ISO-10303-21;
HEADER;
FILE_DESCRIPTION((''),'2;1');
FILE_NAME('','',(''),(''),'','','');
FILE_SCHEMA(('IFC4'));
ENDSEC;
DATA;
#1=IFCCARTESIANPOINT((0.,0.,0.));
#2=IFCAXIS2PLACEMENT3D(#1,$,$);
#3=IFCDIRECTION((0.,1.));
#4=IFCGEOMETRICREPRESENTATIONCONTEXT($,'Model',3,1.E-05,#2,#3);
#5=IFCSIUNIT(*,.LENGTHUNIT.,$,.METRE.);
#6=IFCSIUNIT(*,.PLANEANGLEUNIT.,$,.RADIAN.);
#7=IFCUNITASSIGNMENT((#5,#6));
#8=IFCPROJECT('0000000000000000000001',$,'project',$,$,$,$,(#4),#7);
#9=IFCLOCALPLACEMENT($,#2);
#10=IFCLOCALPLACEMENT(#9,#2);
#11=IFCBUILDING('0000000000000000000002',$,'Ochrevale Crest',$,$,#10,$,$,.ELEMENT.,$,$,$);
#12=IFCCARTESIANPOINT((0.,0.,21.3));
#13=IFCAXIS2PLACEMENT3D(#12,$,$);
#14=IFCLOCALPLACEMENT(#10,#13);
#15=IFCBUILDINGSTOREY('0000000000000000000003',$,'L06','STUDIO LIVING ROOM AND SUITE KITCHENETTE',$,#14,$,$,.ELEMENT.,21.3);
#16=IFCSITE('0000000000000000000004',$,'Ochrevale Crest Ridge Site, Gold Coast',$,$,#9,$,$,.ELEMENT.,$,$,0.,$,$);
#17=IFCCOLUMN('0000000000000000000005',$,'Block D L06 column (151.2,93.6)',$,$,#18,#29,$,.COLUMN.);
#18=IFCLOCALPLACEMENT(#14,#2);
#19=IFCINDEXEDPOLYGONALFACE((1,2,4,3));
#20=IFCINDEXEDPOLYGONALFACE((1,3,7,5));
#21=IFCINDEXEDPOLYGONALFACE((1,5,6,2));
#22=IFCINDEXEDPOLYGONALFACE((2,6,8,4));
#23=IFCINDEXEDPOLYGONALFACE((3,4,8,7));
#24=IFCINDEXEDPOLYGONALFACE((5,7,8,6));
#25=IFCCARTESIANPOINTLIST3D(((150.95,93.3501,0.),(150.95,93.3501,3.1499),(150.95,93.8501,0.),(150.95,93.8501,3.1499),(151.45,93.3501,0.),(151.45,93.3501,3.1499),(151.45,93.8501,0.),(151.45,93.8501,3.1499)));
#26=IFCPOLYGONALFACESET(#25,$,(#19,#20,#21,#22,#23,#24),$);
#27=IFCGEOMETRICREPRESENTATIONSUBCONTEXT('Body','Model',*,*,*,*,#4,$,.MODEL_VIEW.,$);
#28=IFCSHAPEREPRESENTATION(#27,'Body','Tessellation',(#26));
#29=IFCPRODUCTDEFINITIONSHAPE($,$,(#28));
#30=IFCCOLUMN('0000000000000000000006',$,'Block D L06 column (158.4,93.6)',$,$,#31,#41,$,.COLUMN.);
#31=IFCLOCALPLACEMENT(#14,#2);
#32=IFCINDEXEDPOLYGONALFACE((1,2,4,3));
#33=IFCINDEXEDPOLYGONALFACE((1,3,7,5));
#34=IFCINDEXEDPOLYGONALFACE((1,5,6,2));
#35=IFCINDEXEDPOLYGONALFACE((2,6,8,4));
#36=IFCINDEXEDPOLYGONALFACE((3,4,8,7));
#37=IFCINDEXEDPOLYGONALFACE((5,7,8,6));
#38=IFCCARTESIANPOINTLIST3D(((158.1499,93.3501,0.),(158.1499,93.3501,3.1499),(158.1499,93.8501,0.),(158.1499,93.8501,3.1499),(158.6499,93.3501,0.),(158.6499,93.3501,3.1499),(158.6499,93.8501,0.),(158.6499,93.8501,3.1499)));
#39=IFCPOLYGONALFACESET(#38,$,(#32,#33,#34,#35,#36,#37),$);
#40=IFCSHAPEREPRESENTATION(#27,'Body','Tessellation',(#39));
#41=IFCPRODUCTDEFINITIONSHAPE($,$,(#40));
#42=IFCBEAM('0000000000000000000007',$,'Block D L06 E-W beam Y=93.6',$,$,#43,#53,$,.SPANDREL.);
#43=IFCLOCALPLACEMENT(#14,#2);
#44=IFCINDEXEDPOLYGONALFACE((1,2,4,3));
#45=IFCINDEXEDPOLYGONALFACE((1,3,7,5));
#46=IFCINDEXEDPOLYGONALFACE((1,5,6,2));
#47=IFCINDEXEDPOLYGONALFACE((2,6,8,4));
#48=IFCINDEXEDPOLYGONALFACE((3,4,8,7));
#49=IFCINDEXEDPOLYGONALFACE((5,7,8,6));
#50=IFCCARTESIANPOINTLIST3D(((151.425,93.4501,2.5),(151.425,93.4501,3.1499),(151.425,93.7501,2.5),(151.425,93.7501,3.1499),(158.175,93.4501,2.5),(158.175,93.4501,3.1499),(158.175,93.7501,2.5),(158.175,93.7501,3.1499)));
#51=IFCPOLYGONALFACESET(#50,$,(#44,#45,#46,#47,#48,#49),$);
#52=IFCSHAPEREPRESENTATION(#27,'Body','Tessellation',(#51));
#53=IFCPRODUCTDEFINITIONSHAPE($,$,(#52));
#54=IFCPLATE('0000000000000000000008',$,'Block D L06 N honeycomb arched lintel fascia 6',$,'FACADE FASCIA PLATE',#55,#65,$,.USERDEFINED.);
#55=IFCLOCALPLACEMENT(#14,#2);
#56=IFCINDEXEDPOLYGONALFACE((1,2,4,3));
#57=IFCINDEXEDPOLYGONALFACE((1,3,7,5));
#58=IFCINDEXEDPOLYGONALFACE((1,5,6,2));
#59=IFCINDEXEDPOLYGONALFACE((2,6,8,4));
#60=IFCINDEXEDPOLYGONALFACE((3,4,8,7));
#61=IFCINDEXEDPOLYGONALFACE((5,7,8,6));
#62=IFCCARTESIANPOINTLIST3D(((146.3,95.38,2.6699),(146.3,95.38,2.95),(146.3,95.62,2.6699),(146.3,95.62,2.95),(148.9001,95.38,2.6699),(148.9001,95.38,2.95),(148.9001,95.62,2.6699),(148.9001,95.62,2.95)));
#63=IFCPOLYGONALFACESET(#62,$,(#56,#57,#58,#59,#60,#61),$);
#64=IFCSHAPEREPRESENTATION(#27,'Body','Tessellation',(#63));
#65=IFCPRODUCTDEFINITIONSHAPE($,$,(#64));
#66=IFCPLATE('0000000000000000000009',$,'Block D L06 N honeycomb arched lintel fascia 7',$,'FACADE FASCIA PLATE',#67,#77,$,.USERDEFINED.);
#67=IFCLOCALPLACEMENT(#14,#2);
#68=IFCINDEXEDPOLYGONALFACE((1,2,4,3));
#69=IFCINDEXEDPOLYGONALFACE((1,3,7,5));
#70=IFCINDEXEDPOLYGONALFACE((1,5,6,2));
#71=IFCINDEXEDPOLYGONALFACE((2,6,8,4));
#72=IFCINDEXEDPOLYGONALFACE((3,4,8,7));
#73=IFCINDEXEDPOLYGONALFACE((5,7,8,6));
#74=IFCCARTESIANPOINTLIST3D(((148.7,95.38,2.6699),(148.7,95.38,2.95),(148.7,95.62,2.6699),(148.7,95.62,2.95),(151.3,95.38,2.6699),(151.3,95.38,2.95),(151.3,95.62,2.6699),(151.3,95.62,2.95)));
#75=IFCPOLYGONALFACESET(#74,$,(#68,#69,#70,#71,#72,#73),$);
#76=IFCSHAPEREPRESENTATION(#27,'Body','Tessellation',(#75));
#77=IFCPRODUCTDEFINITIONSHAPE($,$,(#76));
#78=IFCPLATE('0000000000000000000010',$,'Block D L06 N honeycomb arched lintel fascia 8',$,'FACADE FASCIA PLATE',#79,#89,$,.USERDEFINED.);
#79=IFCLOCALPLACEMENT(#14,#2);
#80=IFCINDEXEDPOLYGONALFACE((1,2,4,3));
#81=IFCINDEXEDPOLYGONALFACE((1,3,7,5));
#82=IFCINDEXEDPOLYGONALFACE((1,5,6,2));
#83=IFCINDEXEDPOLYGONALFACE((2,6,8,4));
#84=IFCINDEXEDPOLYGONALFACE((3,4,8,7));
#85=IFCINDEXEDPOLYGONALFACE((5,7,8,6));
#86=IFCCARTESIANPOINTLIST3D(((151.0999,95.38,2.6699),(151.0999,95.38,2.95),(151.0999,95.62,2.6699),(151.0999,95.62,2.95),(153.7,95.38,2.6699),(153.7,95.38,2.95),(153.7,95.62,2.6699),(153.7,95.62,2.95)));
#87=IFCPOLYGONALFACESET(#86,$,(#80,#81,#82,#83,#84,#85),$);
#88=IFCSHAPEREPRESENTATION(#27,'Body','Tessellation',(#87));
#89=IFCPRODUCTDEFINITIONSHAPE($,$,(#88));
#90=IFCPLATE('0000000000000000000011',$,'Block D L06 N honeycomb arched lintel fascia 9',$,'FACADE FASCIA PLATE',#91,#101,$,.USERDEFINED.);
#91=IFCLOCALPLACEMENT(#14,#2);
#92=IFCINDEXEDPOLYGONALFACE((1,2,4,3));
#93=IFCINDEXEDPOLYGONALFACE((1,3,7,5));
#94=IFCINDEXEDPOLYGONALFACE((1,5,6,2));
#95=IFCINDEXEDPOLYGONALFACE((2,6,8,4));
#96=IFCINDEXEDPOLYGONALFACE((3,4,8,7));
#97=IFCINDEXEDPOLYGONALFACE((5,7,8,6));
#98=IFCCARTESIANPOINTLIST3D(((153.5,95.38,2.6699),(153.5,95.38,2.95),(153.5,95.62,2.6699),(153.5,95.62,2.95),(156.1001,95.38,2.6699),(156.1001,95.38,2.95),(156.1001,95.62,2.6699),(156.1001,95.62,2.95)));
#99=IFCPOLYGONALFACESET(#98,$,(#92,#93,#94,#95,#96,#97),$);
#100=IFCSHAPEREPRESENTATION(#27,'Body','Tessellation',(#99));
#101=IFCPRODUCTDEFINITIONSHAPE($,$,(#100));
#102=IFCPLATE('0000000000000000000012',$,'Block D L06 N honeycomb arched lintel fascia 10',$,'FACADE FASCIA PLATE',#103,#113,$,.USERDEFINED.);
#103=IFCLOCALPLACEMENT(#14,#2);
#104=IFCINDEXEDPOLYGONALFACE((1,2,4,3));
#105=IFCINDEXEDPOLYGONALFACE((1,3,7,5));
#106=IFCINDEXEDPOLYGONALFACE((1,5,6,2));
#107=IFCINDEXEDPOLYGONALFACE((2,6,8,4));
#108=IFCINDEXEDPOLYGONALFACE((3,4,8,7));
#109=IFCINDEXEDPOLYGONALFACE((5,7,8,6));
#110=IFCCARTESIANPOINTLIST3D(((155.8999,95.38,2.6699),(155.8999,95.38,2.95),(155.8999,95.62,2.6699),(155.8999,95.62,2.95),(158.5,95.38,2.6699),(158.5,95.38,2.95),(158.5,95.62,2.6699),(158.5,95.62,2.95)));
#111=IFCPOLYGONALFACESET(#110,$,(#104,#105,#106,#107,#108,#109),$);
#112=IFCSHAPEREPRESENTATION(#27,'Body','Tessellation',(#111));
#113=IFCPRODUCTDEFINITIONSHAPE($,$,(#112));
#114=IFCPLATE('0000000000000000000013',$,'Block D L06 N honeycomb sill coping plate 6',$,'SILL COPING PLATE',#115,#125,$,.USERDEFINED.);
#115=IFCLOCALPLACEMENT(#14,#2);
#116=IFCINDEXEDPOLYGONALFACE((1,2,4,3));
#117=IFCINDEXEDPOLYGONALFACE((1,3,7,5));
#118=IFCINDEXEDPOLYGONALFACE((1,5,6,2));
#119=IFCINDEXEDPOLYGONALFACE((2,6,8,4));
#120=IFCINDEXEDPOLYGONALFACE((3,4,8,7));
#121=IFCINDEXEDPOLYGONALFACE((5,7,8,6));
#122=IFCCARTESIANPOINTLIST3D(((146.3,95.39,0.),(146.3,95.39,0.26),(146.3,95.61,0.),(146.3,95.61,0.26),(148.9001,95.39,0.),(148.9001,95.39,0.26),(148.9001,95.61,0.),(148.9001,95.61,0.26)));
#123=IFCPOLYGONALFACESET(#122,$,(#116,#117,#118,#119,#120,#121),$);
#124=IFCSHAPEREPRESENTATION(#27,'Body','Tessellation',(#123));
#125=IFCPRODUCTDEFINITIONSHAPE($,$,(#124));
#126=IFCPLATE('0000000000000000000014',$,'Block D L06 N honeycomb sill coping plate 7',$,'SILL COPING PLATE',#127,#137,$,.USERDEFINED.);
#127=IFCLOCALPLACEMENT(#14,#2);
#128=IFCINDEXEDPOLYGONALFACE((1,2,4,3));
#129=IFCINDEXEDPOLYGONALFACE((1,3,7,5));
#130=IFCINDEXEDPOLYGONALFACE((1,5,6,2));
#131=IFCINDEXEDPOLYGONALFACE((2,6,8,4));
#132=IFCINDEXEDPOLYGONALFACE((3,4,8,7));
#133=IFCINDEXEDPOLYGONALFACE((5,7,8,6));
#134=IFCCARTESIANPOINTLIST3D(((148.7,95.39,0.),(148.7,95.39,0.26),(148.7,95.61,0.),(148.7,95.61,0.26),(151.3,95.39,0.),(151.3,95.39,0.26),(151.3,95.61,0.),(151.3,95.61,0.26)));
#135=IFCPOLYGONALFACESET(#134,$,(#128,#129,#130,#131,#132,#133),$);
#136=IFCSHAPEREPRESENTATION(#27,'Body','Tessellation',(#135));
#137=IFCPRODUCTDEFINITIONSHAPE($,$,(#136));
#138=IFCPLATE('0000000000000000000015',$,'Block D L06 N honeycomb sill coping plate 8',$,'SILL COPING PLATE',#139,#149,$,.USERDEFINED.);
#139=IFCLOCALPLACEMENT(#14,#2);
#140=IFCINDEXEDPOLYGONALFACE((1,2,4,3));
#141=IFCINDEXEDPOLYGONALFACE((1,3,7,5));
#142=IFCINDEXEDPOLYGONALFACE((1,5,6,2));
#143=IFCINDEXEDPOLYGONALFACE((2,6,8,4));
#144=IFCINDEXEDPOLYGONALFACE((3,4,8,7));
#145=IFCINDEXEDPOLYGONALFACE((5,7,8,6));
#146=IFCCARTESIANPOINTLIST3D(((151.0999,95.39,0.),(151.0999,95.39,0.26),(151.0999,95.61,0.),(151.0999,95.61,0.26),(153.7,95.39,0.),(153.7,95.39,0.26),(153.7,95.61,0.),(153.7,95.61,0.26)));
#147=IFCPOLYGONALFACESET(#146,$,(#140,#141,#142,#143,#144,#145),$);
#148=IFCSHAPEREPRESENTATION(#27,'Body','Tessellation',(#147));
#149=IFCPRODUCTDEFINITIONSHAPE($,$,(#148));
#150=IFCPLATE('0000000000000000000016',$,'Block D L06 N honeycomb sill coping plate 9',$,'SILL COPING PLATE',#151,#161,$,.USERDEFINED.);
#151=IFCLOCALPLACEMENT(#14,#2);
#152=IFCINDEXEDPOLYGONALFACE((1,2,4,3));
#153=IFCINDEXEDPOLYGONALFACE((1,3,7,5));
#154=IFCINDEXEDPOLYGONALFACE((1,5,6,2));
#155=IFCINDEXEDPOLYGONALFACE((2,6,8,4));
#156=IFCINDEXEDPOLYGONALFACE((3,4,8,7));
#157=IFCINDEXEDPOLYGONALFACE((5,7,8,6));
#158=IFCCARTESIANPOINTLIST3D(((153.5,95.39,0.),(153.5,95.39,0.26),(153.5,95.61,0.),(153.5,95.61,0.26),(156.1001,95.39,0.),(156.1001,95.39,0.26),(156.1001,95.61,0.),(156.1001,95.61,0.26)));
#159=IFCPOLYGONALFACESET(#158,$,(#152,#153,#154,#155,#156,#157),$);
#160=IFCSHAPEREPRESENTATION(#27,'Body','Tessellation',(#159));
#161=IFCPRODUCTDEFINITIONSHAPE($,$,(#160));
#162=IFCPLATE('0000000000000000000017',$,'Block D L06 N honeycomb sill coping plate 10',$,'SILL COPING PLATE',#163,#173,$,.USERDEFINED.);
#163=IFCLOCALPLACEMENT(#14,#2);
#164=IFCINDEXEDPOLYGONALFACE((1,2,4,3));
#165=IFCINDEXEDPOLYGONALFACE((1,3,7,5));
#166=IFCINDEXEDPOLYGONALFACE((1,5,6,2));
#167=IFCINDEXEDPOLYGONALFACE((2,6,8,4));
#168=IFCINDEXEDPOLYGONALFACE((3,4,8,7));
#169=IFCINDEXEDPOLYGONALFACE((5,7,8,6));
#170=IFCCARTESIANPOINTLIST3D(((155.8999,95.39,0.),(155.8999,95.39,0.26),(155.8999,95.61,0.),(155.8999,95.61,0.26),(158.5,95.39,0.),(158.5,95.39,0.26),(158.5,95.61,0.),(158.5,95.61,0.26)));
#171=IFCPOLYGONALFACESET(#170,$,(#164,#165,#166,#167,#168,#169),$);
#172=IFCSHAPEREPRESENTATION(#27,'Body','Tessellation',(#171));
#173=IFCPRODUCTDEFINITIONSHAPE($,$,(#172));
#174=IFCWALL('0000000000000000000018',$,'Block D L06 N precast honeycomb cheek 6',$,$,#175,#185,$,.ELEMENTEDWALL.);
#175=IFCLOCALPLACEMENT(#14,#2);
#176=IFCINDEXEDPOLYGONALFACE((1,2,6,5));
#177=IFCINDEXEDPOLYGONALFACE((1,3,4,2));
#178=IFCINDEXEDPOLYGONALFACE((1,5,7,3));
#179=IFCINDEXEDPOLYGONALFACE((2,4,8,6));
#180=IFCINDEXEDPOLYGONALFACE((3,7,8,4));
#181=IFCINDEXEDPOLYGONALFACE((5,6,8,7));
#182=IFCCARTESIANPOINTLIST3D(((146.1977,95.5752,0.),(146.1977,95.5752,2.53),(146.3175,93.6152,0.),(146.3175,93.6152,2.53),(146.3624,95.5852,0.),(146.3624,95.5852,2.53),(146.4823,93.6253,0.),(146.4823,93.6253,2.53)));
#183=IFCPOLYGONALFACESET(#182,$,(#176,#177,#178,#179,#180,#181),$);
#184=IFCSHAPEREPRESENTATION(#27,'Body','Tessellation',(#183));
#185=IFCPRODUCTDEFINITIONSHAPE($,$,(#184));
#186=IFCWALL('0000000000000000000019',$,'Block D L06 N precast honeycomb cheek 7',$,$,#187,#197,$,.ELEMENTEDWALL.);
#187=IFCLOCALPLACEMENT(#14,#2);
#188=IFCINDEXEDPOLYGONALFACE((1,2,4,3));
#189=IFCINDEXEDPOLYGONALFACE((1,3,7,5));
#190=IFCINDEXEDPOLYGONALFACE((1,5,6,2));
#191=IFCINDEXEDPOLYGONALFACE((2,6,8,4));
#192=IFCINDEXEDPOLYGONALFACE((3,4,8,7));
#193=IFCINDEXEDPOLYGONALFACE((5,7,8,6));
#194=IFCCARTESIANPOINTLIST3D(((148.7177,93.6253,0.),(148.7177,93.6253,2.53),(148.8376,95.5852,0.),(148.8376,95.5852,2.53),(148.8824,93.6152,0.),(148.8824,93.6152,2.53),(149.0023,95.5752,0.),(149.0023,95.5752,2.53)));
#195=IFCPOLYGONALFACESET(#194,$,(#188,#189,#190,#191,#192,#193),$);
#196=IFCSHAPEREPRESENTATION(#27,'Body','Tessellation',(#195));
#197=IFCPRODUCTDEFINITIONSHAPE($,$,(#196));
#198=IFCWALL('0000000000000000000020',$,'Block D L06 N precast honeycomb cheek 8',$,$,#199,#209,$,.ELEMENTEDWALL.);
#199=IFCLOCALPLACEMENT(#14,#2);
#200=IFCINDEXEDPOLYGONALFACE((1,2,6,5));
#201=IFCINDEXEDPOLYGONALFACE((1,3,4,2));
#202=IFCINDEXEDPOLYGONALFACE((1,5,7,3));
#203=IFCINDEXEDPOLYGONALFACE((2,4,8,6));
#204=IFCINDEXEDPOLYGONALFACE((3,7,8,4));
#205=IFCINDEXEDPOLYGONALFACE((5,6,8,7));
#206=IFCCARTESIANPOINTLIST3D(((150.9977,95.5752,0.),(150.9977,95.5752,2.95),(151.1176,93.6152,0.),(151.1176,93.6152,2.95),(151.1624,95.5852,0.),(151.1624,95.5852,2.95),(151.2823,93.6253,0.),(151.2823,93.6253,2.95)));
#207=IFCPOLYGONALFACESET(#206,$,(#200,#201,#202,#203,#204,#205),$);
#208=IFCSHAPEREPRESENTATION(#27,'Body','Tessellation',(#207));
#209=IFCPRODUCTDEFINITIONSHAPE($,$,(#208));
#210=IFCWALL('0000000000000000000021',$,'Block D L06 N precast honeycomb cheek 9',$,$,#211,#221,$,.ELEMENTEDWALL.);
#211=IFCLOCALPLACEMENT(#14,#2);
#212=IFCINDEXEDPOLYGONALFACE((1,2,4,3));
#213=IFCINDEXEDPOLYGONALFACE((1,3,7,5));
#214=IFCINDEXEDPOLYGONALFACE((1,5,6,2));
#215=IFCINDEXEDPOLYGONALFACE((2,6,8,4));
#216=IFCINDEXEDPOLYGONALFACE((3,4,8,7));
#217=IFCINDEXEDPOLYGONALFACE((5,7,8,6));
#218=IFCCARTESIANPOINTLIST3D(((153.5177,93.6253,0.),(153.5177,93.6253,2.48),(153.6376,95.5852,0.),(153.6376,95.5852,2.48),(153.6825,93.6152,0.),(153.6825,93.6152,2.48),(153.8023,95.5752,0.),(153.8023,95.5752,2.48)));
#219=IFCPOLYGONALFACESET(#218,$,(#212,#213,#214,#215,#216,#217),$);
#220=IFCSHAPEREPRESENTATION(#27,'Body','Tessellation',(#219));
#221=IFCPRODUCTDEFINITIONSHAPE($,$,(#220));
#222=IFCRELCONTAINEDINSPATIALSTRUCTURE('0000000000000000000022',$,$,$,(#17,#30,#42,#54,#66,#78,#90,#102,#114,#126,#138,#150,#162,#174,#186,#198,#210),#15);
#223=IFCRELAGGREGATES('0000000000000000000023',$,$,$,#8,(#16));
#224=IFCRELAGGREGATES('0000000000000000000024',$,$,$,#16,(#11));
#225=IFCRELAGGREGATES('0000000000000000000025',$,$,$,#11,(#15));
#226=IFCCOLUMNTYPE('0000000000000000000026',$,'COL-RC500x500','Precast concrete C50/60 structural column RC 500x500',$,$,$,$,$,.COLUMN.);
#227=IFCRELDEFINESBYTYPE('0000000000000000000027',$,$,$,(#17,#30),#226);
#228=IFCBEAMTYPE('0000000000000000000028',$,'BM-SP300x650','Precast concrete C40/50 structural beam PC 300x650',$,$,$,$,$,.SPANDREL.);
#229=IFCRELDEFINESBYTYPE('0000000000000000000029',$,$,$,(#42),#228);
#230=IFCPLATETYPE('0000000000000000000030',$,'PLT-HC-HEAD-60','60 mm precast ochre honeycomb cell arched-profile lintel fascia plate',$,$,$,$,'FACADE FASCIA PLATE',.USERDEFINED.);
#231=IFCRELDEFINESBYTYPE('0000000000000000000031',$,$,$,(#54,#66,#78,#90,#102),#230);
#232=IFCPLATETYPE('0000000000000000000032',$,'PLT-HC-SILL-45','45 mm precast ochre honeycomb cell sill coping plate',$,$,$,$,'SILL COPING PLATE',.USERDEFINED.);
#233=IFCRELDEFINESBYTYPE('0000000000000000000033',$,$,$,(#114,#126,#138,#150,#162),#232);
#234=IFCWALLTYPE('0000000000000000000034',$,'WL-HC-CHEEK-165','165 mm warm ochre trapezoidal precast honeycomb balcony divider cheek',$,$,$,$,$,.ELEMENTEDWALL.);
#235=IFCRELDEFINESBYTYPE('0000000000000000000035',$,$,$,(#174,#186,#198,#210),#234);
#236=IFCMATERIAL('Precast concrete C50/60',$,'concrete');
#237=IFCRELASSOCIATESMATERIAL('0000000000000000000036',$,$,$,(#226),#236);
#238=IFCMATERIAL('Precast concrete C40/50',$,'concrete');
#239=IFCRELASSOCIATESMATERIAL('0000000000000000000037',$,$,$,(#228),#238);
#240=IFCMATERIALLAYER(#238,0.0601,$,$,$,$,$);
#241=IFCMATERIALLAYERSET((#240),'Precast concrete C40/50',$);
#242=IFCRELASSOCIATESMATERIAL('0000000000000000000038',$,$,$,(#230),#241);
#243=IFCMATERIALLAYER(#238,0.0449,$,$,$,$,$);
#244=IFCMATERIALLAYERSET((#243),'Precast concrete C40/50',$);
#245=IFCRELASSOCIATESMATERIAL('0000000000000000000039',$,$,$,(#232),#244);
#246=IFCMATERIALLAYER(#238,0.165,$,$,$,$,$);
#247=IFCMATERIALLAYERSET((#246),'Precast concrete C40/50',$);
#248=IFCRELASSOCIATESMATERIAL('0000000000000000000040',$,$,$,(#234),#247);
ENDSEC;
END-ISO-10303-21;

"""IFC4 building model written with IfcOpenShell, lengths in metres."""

from ifc_helpers import new_model, si_unit, direction, frame, frame_2d, origin, origin_2d, place, context, subcontext, project, spatial, rectangle, extrude, material, layer, layer_set, material_profile, profile_set, type_object, element, save


model = new_model("IFC4")

# Units and contexts
model_context = context("Model", 3, precision=1e-05, world=origin(), true_north=direction((0.0, 1.0)))
body_context = subcontext(model_context, "Body", "Model", "MODEL_VIEW")
ifc_project = project(units=[si_unit("LENGTHUNIT", "METRE"), si_unit("PLANEANGLEUNIT", "RADIAN")], contexts=[model_context])

# Site, building, storey
site_placement = place(None, origin())
site = spatial("IfcSite", under=ifc_project, at=site_placement, Name="Ochrevale Crest Ridge Site, Gold Coast", CompositionType="ELEMENT", RefElevation=0.0)
building_placement = place(site_placement, origin())
building = spatial("IfcBuilding", under=site, at=building_placement, Name="Ochrevale Crest", CompositionType="ELEMENT")
storey_placement = place(building_placement, frame((0.0, 0.0, 21.3)))
storey = spatial("IfcBuildingStorey", under=building, at=storey_placement, Name="L06", Description="STUDIO LIVING ROOM AND SUITE KITCHENETTE", CompositionType="ELEMENT", Elevation=21.3)

# Columns
ifc_material_1 = material(Name="Precast concrete C50/60", Category="concrete")
ifc_material_profile_1 = material_profile(ifc_material_1, rectangle(XDim=0.5, YDim=0.5, at=origin_2d()), Name="RC 500x500")
ifc_profile_set_1 = profile_set([ifc_material_profile_1], Name="Precast concrete C50/60")
column_type = type_object("IfcColumnType", Name="COL-RC500x500", Description="Precast concrete C50/60 structural column RC 500x500", PredefinedType="COLUMN", material=ifc_profile_set_1)
for number, where, z_axis, x_axis, name in (
    (1, (151.2, 93.6001, 0.0), (0.0, 0.0, 1.0), (1.0, 0.0, 0.0), "Block D L06 column (151.2,93.6)"),
    (2, (158.3999, 93.6001, 0.0), (0.0, 0.0, 1.0), (1.0, 0.0, 0.0), "Block D L06 column (158.4,93.6)"),
):
    element("IfcColumn", number, at=place(storey_placement, frame(where, z_axis=z_axis, x_axis=x_axis)), inside=storey, type_object=column_type, Name=name, PredefinedType="COLUMN", context=body_context, shape_type="SweptSolid", body=[
        extrude(rectangle(XDim=0.5, YDim=0.5, at=origin_2d()), origin(), (0.0, 0.0, 1.0), 3.1499),
    ])

# Beam
ifc_material_2 = material(Name="Precast concrete C40/50", Category="concrete")
ifc_material_profile_2 = material_profile(ifc_material_2, rectangle(XDim=0.3, YDim=0.6499, at=origin_2d()), Name="PC 300x650")
ifc_profile_set_2 = profile_set([ifc_material_profile_2], Name="Precast concrete C40/50")
beam_type = type_object("IfcBeamType", Name="BM-SP300x650", Description="Precast concrete C40/50 structural beam PC 300x650", PredefinedType="SPANDREL", material=ifc_profile_set_2)
beam_placement = place(storey_placement, frame((151.425, 93.6001, 2.825), z_axis=(1.0, 0.0, 0.0), x_axis=(0.0, 1.0, 0.0)))
element("IfcBeam", 3, at=beam_placement, inside=storey, type_object=beam_type, Name="Block D L06 E-W beam Y=93.6", PredefinedType="SPANDREL", context=body_context, shape_type="SweptSolid", body=[
    extrude(rectangle(XDim=0.3, YDim=0.6499, at=origin_2d()), origin(), (0.0, 0.0, 1.0), 6.75),
])

# Plates
ifc_layer_1 = layer(ifc_material_2, 0.0601)
ifc_layer_set_1 = layer_set([ifc_layer_1], Name="Precast concrete C40/50")
plate_type_1 = type_object("IfcPlateType", Name="PLT-HC-HEAD-60", Description="60 mm precast ochre honeycomb cell arched-profile lintel fascia plate", ElementType="FACADE FASCIA PLATE", PredefinedType="USERDEFINED", material=ifc_layer_set_1)
for number, where, z_axis, x_axis, name in (
    (4, (147.6001, 95.5, 2.6699), (0.0, 0.0, 1.0), (1.0, 0.0, 0.0), "Block D L06 N honeycomb arched lintel fascia 6"),
    (5, (150.0, 95.5, 2.6699), (0.0, 0.0, 1.0), (1.0, 0.0, 0.0), "Block D L06 N honeycomb arched lintel fascia 7"),
    (6, (152.3999, 95.5, 2.6699), (0.0, 0.0, 1.0), (1.0, 0.0, 0.0), "Block D L06 N honeycomb arched lintel fascia 8"),
    (7, (154.8, 95.5, 2.6699), (0.0, 0.0, 1.0), (1.0, 0.0, 0.0), "Block D L06 N honeycomb arched lintel fascia 9"),
    (8, (157.2, 95.5, 2.6699), (0.0, 0.0, 1.0), (1.0, 0.0, 0.0), "Block D L06 N honeycomb arched lintel fascia 10"),
):
    element("IfcPlate", number, at=place(storey_placement, frame(where, z_axis=z_axis, x_axis=x_axis)), inside=storey, type_object=plate_type_1, Name=name, ObjectType="FACADE FASCIA PLATE", PredefinedType="USERDEFINED", context=body_context, shape_type="SweptSolid", body=[
        extrude(rectangle(XDim=2.6001, YDim=0.24, at=origin_2d()), origin(), (0.0, 0.0, 1.0), 0.28),
    ])
ifc_layer_2 = layer(ifc_material_2, 0.0449)
ifc_layer_set_2 = layer_set([ifc_layer_2], Name="Precast concrete C40/50")
plate_type_2 = type_object("IfcPlateType", Name="PLT-HC-SILL-45", Description="45 mm precast ochre honeycomb cell sill coping plate", ElementType="SILL COPING PLATE", PredefinedType="USERDEFINED", material=ifc_layer_set_2)
for number, where, z_axis, x_axis, name in (
    (9, (147.6001, 95.5, 0.0), (0.0, 0.0, 1.0), (1.0, 0.0, 0.0), "Block D L06 N honeycomb sill coping plate 6"),
    (10, (150.0, 95.5, 0.0), (0.0, 0.0, 1.0), (1.0, 0.0, 0.0), "Block D L06 N honeycomb sill coping plate 7"),
    (11, (152.3999, 95.5, 0.0), (0.0, 0.0, 1.0), (1.0, 0.0, 0.0), "Block D L06 N honeycomb sill coping plate 8"),
    (12, (154.8, 95.5, 0.0), (0.0, 0.0, 1.0), (1.0, 0.0, 0.0), "Block D L06 N honeycomb sill coping plate 9"),
    (13, (157.2, 95.5, 0.0), (0.0, 0.0, 1.0), (1.0, 0.0, 0.0), "Block D L06 N honeycomb sill coping plate 10"),
):
    element("IfcPlate", number, at=place(storey_placement, frame(where, z_axis=z_axis, x_axis=x_axis)), inside=storey, type_object=plate_type_2, Name=name, ObjectType="SILL COPING PLATE", PredefinedType="USERDEFINED", context=body_context, shape_type="SweptSolid", body=[
        extrude(rectangle(XDim=2.6001, YDim=0.22, at=origin_2d()), origin(), (0.0, 0.0, 1.0), 0.26),
    ])

# Walls
ifc_layer_3 = layer(ifc_material_2, 0.165)
ifc_layer_set_3 = layer_set([ifc_layer_3], Name="Precast concrete C40/50")
wall_type_1 = type_object("IfcWallType", Name="WL-HC-CHEEK-165", Description="165 mm warm ochre trapezoidal precast honeycomb balcony divider cheek", PredefinedType="ELEMENTEDWALL", material=ifc_layer_set_3)
for number, where, z_axis, x_axis, name in (
    (14, (146.3999, 93.6201, 0.0), (0.0, 0.0, 1.0), (-0.061047, 0.998135, 0.0), "Block D L06 N precast honeycomb cheek 6"),
    (15, (148.8, 93.6201, 0.0), (0.0, 0.0, 1.0), (0.061047, 0.998135, 0.0), "Block D L06 N precast honeycomb cheek 7"),
):
    element("IfcWall", number, at=place(storey_placement, frame(where, z_axis=z_axis, x_axis=x_axis)), inside=storey, type_object=wall_type_1, Name=name, PredefinedType="ELEMENTEDWALL", context=body_context, shape_type="SweptSolid", body=[
        extrude(rectangle(XDim=1.9636, YDim=0.165, at=frame_2d((0.9819, 0.0))), origin(), (0.0, 0.0, 1.0), 2.53),
    ])
wall_1_placement = place(storey_placement, frame((151.2, 93.6201, 0.0), z_axis=(0.0, 0.0, 1.0), x_axis=(-0.061047, 0.998135, 0.0)))
element("IfcWall", 16, at=wall_1_placement, inside=storey, type_object=wall_type_1, Name="Block D L06 N precast honeycomb cheek 8", PredefinedType="ELEMENTEDWALL", context=body_context, shape_type="SweptSolid", body=[
    extrude(rectangle(XDim=1.9636, YDim=0.165, at=frame_2d((0.9819, 0.0))), origin(), (0.0, 0.0, 1.0), 2.95),
])
for number, where, z_axis, x_axis, name in (
    (17, (153.6001, 93.6201, 0.0), (0.0, 0.0, 1.0), (0.061047, 0.998135, 0.0), "Block D L06 N precast honeycomb cheek 9"),
):
    element("IfcWall", number, at=place(storey_placement, frame(where, z_axis=z_axis, x_axis=x_axis)), inside=storey, type_object=wall_type_1, Name=name, PredefinedType="ELEMENTEDWALL", context=body_context, shape_type="SweptSolid", body=[
        extrude(rectangle(XDim=1.9636, YDim=0.165, at=frame_2d((0.9819, 0.0))), origin(), (0.0, 0.0, 1.0), 2.48),
    ])

save(model, "model.ifc")
